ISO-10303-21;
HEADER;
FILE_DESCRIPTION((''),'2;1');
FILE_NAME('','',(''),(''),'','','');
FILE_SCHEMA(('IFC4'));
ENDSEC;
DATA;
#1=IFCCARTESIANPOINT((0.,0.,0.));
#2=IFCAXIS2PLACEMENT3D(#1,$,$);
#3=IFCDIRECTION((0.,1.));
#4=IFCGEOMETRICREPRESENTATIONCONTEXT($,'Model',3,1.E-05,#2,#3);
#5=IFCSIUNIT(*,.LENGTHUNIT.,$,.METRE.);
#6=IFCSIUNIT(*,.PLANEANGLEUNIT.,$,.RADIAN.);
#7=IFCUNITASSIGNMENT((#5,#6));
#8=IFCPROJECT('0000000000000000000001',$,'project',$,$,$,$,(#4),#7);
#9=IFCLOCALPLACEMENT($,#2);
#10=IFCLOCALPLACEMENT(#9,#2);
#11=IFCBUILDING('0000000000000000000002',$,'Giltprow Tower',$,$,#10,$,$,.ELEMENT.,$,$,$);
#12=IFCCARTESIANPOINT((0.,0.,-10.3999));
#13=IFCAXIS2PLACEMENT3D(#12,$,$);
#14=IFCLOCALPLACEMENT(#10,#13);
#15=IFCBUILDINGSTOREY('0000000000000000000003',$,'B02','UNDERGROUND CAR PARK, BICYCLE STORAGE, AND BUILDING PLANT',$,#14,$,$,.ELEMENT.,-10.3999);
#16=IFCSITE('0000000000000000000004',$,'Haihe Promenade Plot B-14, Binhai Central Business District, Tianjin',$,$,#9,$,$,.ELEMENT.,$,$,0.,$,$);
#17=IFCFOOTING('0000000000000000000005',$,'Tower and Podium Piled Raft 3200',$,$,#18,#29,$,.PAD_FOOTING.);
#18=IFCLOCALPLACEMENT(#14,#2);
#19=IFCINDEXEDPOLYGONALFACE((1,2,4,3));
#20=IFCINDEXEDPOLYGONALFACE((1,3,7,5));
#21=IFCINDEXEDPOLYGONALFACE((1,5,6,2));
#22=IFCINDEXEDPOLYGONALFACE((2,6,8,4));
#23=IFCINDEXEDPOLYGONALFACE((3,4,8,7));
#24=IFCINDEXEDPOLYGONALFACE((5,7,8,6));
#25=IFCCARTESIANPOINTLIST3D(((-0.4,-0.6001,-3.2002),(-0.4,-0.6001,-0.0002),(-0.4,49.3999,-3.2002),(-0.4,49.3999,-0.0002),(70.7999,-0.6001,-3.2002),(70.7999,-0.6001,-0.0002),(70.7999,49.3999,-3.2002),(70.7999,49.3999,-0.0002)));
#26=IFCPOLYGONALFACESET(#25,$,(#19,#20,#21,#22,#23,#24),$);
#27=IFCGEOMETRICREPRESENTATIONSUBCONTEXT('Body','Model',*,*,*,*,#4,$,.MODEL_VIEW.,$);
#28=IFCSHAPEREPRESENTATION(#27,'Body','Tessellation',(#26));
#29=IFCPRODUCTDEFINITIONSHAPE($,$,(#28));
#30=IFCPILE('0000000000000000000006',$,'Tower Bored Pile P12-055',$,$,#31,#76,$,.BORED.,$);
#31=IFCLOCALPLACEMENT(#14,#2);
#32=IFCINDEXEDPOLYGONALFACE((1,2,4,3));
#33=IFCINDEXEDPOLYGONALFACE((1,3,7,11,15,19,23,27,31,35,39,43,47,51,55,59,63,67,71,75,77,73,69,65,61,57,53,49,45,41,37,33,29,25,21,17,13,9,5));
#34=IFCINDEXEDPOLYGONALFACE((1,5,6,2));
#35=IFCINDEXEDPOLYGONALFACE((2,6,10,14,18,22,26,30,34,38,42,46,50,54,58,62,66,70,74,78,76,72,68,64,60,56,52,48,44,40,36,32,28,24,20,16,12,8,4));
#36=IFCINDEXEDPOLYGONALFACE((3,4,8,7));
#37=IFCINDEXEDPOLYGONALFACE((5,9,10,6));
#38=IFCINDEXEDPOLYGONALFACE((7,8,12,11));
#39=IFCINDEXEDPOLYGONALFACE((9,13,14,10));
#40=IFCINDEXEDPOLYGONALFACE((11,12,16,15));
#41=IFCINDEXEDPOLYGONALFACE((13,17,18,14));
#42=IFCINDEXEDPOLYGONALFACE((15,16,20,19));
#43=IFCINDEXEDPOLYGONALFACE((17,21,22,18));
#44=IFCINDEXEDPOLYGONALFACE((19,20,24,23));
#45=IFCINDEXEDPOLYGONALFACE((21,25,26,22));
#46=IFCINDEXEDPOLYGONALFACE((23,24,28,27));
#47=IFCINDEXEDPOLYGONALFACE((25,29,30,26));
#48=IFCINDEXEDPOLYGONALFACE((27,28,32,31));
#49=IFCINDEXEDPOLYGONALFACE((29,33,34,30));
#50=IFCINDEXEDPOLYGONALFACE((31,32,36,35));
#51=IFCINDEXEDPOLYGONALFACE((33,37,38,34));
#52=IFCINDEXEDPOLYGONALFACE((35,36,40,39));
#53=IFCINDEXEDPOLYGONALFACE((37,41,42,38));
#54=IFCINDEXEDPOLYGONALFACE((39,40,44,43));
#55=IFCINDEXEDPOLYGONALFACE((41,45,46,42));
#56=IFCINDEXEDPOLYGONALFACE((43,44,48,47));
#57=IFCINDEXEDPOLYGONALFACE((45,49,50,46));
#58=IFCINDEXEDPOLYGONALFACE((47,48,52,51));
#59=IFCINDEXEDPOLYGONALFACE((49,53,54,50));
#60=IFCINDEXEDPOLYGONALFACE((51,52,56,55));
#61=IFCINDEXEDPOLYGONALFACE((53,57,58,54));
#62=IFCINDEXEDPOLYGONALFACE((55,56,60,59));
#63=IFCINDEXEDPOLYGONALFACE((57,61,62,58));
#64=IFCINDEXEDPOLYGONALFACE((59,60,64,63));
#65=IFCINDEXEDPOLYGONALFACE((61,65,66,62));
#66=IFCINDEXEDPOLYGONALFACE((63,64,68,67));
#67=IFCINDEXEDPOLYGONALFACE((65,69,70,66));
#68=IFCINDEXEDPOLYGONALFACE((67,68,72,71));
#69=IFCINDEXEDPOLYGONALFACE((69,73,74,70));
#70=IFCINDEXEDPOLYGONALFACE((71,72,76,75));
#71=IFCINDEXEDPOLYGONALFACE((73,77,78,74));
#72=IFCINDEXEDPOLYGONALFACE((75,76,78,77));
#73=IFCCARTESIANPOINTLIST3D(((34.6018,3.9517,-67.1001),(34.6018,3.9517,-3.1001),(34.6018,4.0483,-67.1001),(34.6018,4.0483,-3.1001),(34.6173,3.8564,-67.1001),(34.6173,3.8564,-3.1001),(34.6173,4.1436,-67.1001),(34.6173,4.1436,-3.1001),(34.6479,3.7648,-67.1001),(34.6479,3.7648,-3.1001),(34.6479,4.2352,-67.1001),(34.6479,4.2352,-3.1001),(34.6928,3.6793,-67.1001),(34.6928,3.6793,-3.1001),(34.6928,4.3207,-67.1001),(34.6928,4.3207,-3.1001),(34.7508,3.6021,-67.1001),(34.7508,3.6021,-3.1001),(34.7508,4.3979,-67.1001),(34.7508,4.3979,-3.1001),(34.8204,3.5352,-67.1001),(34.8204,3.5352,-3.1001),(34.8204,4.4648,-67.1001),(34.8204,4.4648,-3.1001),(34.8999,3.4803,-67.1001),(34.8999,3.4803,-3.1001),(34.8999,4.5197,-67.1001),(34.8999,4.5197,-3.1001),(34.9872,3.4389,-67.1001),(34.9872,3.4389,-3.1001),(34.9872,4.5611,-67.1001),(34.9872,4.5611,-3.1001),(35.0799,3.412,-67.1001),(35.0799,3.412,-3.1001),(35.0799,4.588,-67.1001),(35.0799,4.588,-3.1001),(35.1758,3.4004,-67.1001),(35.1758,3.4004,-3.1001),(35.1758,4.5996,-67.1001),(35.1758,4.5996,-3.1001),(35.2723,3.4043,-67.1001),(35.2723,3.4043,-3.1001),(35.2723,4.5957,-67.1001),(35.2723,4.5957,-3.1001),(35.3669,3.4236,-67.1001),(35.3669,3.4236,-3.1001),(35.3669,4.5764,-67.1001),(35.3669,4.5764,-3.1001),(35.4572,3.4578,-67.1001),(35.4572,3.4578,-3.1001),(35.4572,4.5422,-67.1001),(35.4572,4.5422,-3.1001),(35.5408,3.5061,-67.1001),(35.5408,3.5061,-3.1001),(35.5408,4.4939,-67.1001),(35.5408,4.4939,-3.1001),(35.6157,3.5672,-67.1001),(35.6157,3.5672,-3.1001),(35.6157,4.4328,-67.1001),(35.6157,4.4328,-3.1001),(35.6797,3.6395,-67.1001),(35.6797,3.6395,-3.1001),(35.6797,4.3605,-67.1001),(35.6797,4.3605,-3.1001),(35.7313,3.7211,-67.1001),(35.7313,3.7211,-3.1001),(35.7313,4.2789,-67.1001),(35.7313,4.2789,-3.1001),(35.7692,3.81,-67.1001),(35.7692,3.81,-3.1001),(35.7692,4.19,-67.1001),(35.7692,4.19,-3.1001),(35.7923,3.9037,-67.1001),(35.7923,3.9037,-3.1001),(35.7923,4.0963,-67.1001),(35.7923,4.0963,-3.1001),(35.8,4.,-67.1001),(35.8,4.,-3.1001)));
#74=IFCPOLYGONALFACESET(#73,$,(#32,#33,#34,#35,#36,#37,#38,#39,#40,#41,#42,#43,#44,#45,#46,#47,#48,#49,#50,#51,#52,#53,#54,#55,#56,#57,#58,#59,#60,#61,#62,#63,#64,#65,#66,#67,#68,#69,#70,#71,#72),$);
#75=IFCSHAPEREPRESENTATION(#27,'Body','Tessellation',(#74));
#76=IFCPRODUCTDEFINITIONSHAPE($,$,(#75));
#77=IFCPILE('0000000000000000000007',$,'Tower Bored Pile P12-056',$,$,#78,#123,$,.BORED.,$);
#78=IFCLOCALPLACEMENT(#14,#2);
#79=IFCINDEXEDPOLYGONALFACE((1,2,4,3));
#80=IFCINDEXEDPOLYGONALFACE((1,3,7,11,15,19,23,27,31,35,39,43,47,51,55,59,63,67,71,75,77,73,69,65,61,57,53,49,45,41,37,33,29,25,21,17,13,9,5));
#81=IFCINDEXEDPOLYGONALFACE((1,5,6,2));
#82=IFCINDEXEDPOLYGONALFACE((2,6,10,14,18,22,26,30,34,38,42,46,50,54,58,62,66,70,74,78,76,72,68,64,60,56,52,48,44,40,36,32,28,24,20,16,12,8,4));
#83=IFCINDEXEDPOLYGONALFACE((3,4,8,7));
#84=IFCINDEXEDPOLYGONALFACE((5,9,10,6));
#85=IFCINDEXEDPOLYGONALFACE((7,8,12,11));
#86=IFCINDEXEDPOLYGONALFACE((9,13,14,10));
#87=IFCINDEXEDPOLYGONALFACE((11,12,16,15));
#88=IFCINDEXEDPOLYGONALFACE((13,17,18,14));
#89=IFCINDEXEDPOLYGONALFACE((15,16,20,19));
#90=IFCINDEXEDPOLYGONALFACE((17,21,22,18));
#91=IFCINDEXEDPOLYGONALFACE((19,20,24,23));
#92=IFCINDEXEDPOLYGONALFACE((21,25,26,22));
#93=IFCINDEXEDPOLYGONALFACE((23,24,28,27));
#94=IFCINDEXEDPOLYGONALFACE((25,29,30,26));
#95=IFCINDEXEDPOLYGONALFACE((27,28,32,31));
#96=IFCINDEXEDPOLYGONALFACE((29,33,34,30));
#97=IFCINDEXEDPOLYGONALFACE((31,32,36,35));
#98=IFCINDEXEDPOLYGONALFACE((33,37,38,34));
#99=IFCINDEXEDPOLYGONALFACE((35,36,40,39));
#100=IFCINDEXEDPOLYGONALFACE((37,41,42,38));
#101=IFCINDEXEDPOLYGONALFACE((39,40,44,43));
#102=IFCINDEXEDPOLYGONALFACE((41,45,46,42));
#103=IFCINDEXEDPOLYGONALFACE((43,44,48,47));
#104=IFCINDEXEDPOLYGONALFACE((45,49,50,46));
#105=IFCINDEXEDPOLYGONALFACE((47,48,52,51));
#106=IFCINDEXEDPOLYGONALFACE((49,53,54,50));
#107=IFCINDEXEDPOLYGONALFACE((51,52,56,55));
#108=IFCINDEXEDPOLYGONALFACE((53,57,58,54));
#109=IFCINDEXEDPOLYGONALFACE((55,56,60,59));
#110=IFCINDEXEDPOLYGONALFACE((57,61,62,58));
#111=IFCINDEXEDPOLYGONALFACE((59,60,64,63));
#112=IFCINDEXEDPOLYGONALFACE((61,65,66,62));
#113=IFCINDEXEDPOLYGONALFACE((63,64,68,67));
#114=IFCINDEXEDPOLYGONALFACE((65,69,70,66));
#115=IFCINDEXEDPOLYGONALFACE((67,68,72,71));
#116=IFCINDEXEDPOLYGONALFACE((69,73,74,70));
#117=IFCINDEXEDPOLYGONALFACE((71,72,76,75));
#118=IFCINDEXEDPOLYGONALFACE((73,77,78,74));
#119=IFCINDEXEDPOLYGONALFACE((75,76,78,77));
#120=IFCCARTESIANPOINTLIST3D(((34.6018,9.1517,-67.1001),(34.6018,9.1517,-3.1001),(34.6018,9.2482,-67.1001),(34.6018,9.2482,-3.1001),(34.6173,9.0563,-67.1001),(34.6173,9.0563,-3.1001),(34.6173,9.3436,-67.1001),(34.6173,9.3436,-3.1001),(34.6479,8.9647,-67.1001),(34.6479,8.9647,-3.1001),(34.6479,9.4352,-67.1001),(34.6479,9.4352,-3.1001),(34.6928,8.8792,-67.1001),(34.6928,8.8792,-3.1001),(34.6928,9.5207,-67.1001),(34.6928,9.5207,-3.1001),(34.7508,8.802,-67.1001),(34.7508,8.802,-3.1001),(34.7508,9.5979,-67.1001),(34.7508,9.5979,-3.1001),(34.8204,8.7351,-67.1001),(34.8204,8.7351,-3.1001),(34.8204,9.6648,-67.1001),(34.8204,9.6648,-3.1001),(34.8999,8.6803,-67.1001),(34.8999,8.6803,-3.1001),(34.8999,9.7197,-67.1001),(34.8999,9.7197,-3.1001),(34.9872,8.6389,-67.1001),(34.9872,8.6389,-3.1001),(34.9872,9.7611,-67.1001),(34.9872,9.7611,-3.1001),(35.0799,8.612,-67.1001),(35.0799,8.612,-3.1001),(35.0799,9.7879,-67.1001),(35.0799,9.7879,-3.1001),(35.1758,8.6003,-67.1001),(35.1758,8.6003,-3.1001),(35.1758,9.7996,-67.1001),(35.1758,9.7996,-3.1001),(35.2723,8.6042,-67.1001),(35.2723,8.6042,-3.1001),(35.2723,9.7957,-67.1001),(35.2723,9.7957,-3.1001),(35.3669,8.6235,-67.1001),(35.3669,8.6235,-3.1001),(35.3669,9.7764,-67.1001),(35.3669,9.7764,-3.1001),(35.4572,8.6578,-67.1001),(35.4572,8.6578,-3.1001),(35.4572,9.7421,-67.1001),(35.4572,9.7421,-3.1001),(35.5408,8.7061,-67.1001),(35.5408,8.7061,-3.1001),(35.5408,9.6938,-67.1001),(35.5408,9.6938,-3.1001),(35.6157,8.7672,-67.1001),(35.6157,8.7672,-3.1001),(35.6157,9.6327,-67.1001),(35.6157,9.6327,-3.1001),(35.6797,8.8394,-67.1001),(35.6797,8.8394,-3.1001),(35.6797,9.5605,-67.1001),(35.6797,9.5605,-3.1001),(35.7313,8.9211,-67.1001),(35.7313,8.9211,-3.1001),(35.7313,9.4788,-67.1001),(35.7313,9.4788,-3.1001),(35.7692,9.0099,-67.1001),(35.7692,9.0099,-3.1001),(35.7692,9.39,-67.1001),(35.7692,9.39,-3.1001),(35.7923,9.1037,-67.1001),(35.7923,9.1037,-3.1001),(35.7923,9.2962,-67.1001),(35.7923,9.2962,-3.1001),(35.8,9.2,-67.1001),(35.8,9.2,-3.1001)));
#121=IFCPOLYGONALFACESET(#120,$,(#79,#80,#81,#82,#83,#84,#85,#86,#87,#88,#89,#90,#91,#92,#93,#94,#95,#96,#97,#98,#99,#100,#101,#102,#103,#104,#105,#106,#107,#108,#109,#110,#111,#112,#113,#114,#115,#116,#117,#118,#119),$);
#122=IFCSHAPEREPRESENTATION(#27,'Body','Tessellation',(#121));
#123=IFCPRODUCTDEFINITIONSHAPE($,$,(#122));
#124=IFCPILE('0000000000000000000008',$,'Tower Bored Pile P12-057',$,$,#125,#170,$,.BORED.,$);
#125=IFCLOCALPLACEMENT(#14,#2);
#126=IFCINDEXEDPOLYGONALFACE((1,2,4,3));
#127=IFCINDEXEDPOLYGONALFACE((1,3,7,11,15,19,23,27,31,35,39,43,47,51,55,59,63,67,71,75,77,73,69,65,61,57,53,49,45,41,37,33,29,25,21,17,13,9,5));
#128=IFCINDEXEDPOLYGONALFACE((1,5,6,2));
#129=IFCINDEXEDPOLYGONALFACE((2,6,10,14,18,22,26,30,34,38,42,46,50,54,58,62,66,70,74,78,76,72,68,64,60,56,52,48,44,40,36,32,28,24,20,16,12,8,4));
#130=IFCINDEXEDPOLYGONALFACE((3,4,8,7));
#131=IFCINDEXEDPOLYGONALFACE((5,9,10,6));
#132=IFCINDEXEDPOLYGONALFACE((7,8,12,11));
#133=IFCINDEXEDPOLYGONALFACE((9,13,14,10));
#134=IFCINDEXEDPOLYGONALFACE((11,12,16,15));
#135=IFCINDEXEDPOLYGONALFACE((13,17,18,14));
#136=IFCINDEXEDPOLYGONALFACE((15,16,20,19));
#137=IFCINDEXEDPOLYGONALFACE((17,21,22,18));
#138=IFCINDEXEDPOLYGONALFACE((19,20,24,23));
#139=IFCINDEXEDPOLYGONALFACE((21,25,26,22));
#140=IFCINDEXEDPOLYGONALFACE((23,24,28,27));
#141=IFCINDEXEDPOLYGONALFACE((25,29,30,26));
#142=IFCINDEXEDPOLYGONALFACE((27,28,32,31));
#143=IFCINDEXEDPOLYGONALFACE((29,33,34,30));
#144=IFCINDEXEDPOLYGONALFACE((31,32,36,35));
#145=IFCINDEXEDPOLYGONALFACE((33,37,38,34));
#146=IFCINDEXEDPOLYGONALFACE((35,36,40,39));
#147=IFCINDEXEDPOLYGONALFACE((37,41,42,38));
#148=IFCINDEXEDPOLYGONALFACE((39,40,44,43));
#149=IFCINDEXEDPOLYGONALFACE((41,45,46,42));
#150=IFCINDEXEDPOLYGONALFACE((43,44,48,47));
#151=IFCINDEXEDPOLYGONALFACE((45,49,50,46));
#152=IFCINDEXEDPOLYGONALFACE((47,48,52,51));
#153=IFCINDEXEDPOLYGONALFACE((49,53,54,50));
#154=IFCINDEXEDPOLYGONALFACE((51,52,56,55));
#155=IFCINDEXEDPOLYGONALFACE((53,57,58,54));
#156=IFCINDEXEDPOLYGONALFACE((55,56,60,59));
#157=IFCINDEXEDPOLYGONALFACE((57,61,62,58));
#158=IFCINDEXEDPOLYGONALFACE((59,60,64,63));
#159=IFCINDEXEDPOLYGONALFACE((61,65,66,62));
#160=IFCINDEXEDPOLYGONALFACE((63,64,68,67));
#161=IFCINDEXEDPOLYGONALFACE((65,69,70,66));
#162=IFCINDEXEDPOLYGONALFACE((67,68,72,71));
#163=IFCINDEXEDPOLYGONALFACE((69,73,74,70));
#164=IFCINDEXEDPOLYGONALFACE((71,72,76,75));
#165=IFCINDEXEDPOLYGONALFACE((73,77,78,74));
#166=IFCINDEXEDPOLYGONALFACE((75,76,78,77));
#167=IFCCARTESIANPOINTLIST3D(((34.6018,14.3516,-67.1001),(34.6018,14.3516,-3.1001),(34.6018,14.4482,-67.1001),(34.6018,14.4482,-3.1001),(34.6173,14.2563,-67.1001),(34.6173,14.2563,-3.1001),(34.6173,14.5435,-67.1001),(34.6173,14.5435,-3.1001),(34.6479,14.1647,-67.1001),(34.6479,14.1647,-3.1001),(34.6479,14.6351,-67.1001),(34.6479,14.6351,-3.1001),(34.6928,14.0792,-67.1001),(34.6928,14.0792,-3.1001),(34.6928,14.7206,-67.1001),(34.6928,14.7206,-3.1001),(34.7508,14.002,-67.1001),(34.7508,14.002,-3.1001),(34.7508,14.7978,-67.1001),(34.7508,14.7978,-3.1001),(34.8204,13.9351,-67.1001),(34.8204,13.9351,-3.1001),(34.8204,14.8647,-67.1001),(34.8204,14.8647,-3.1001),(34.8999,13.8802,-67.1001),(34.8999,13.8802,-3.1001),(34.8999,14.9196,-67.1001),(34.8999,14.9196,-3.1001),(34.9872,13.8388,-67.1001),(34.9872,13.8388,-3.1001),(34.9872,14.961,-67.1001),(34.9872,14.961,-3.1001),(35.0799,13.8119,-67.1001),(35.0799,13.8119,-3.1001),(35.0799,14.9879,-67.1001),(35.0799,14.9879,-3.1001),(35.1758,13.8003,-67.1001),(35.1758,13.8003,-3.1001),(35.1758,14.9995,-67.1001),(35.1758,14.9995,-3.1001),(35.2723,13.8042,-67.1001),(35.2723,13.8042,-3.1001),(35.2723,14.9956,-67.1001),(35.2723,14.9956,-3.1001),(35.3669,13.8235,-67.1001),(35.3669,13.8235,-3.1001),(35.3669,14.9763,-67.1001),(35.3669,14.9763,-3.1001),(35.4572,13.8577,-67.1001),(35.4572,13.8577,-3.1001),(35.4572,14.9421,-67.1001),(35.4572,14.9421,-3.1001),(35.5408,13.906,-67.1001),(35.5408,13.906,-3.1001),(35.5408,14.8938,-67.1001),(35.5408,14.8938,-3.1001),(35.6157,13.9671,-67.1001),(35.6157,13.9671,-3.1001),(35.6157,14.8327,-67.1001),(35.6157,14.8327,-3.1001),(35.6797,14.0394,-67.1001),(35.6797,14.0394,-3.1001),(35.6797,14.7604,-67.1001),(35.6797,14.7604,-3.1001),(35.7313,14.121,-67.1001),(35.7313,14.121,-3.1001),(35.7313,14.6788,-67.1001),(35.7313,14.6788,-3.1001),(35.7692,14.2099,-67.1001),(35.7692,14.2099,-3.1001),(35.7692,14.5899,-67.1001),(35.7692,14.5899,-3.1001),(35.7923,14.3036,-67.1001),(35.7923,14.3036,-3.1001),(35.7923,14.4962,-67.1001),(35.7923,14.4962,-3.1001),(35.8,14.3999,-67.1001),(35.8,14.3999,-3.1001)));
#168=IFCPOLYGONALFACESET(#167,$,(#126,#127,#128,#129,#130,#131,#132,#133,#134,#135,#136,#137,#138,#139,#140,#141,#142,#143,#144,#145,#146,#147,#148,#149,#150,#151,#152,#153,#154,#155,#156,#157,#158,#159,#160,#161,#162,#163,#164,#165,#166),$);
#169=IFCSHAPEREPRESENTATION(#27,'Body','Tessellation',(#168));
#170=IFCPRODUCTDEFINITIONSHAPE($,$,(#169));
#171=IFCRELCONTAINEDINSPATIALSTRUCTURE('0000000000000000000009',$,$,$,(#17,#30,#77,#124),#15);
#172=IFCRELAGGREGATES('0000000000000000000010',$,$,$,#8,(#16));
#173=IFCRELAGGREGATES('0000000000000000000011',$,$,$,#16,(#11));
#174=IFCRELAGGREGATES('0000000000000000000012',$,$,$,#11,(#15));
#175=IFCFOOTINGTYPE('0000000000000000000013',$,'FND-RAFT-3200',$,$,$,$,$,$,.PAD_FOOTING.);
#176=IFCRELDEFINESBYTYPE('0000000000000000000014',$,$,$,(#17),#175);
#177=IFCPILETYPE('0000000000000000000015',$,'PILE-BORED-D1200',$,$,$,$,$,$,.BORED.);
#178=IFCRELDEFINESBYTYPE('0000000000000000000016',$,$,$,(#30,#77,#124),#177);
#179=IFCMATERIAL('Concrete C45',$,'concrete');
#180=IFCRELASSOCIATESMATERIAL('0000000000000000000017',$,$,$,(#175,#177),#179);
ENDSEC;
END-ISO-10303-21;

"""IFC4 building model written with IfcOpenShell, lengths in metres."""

from ifc_helpers import new_model, si_unit, direction, frame, origin, origin_2d, place, context, subcontext, project, spatial, rectangle, circle, extrude, source, transform, mapped, material, material_profile, profile_set, type_object, element, save


model = new_model("IFC4")

# Units and contexts
model_context = context("Model", 3, precision=1e-05, world=origin(), true_north=direction((0.0, 1.0)))
body_context = subcontext(model_context, "Body", "Model", "MODEL_VIEW")
ifc_project = project(units=[si_unit("LENGTHUNIT", "METRE"), si_unit("PLANEANGLEUNIT", "RADIAN")], contexts=[model_context])

# Site, building, storey
site_placement = place(None, origin())
site = spatial("IfcSite", under=ifc_project, at=site_placement, Name="Haihe Promenade Plot B-14, Binhai Central Business District, Tianjin", CompositionType="ELEMENT", RefElevation=0.0)
building_placement = place(site_placement, origin())
building = spatial("IfcBuilding", under=site, at=building_placement, Name="Giltprow Tower", CompositionType="ELEMENT")
storey_placement = place(building_placement, frame((0.0, 0.0, -10.3999)))
storey = spatial("IfcBuildingStorey", under=building, at=storey_placement, Name="B02", Description="UNDERGROUND CAR PARK, BICYCLE STORAGE, AND BUILDING PLANT", CompositionType="ELEMENT", Elevation=-10.3999)

# Footing
ifc_material_1 = material(Name="Concrete C45", Category="concrete")
footing_type = type_object("IfcFootingType", Name="FND-RAFT-3200", PredefinedType="PAD_FOOTING", material=ifc_material_1)
shared_shape_1 = source(origin(), body_context, "Body", "SweptSolid", [
    extrude(rectangle(XDim=71.2, YDim=50.0, at=origin_2d()), origin(), (0.0, 0.0, 1.0), 3.2),
])
footing_placement = place(storey_placement, frame((35.2, 24.3999, -3.2002), z_axis=(0.0, 0.0, 1.0), x_axis=(1.0, 0.0, 0.0)))
element("IfcFooting", 1, at=footing_placement, inside=storey, type_object=footing_type, Name="Tower and Podium Piled Raft 3200", PredefinedType="PAD_FOOTING", context=body_context, shape_type="MappedRepresentation", body=[
    mapped(shared_shape_1, transform((0.0, 0.0, 0.0), x_axis=(1.0, 0.0, 0.0), y_axis=(0.0, 1.0, 0.0), z_axis=(0.0, 0.0, 1.0), scale=1.0)),
])

# Piles
ifc_material_profile_1 = material_profile(ifc_material_1, circle(Radius=0.6001, at=origin_2d()), Name="PILE D1200")
ifc_profile_set_1 = profile_set([ifc_material_profile_1], Name="Concrete C45")
pile_type = type_object("IfcPileType", Name="PILE-BORED-D1200", PredefinedType="BORED", material=ifc_profile_set_1)
shared_shape_2 = source(origin(), body_context, "Body", "SweptSolid", [
    extrude(circle(Radius=0.6001, at=origin_2d()), origin(), (0.0, 0.0, 1.0), 64.0),
])
for number, where, z_axis, x_axis, name in (
    (2, (35.2, 4.0, -3.1001), (0.0, 0.0, -1.0), (1.0, 0.0, 0.0), "Tower Bored Pile P12-055"),
    (3, (35.2, 9.2, -3.1001), (0.0, 0.0, -1.0), (1.0, 0.0, 0.0), "Tower Bored Pile P12-056"),
    (4, (35.2, 14.3999, -3.1001), (0.0, 0.0, -1.0), (1.0, 0.0, 0.0), "Tower Bored Pile P12-057"),
):
    element("IfcPile", number, at=place(storey_placement, frame(where, z_axis=z_axis, x_axis=x_axis)), inside=storey, type_object=pile_type, Name=name, PredefinedType="BORED", context=body_context, shape_type="MappedRepresentation", body=[
        mapped(shared_shape_2, transform((0.0, 0.0, 0.0), x_axis=(1.0, 0.0, 0.0), y_axis=(0.0, 1.0, 0.0), z_axis=(0.0, 0.0, 1.0), scale=1.0)),
    ])

save(model, "model.ifc")
